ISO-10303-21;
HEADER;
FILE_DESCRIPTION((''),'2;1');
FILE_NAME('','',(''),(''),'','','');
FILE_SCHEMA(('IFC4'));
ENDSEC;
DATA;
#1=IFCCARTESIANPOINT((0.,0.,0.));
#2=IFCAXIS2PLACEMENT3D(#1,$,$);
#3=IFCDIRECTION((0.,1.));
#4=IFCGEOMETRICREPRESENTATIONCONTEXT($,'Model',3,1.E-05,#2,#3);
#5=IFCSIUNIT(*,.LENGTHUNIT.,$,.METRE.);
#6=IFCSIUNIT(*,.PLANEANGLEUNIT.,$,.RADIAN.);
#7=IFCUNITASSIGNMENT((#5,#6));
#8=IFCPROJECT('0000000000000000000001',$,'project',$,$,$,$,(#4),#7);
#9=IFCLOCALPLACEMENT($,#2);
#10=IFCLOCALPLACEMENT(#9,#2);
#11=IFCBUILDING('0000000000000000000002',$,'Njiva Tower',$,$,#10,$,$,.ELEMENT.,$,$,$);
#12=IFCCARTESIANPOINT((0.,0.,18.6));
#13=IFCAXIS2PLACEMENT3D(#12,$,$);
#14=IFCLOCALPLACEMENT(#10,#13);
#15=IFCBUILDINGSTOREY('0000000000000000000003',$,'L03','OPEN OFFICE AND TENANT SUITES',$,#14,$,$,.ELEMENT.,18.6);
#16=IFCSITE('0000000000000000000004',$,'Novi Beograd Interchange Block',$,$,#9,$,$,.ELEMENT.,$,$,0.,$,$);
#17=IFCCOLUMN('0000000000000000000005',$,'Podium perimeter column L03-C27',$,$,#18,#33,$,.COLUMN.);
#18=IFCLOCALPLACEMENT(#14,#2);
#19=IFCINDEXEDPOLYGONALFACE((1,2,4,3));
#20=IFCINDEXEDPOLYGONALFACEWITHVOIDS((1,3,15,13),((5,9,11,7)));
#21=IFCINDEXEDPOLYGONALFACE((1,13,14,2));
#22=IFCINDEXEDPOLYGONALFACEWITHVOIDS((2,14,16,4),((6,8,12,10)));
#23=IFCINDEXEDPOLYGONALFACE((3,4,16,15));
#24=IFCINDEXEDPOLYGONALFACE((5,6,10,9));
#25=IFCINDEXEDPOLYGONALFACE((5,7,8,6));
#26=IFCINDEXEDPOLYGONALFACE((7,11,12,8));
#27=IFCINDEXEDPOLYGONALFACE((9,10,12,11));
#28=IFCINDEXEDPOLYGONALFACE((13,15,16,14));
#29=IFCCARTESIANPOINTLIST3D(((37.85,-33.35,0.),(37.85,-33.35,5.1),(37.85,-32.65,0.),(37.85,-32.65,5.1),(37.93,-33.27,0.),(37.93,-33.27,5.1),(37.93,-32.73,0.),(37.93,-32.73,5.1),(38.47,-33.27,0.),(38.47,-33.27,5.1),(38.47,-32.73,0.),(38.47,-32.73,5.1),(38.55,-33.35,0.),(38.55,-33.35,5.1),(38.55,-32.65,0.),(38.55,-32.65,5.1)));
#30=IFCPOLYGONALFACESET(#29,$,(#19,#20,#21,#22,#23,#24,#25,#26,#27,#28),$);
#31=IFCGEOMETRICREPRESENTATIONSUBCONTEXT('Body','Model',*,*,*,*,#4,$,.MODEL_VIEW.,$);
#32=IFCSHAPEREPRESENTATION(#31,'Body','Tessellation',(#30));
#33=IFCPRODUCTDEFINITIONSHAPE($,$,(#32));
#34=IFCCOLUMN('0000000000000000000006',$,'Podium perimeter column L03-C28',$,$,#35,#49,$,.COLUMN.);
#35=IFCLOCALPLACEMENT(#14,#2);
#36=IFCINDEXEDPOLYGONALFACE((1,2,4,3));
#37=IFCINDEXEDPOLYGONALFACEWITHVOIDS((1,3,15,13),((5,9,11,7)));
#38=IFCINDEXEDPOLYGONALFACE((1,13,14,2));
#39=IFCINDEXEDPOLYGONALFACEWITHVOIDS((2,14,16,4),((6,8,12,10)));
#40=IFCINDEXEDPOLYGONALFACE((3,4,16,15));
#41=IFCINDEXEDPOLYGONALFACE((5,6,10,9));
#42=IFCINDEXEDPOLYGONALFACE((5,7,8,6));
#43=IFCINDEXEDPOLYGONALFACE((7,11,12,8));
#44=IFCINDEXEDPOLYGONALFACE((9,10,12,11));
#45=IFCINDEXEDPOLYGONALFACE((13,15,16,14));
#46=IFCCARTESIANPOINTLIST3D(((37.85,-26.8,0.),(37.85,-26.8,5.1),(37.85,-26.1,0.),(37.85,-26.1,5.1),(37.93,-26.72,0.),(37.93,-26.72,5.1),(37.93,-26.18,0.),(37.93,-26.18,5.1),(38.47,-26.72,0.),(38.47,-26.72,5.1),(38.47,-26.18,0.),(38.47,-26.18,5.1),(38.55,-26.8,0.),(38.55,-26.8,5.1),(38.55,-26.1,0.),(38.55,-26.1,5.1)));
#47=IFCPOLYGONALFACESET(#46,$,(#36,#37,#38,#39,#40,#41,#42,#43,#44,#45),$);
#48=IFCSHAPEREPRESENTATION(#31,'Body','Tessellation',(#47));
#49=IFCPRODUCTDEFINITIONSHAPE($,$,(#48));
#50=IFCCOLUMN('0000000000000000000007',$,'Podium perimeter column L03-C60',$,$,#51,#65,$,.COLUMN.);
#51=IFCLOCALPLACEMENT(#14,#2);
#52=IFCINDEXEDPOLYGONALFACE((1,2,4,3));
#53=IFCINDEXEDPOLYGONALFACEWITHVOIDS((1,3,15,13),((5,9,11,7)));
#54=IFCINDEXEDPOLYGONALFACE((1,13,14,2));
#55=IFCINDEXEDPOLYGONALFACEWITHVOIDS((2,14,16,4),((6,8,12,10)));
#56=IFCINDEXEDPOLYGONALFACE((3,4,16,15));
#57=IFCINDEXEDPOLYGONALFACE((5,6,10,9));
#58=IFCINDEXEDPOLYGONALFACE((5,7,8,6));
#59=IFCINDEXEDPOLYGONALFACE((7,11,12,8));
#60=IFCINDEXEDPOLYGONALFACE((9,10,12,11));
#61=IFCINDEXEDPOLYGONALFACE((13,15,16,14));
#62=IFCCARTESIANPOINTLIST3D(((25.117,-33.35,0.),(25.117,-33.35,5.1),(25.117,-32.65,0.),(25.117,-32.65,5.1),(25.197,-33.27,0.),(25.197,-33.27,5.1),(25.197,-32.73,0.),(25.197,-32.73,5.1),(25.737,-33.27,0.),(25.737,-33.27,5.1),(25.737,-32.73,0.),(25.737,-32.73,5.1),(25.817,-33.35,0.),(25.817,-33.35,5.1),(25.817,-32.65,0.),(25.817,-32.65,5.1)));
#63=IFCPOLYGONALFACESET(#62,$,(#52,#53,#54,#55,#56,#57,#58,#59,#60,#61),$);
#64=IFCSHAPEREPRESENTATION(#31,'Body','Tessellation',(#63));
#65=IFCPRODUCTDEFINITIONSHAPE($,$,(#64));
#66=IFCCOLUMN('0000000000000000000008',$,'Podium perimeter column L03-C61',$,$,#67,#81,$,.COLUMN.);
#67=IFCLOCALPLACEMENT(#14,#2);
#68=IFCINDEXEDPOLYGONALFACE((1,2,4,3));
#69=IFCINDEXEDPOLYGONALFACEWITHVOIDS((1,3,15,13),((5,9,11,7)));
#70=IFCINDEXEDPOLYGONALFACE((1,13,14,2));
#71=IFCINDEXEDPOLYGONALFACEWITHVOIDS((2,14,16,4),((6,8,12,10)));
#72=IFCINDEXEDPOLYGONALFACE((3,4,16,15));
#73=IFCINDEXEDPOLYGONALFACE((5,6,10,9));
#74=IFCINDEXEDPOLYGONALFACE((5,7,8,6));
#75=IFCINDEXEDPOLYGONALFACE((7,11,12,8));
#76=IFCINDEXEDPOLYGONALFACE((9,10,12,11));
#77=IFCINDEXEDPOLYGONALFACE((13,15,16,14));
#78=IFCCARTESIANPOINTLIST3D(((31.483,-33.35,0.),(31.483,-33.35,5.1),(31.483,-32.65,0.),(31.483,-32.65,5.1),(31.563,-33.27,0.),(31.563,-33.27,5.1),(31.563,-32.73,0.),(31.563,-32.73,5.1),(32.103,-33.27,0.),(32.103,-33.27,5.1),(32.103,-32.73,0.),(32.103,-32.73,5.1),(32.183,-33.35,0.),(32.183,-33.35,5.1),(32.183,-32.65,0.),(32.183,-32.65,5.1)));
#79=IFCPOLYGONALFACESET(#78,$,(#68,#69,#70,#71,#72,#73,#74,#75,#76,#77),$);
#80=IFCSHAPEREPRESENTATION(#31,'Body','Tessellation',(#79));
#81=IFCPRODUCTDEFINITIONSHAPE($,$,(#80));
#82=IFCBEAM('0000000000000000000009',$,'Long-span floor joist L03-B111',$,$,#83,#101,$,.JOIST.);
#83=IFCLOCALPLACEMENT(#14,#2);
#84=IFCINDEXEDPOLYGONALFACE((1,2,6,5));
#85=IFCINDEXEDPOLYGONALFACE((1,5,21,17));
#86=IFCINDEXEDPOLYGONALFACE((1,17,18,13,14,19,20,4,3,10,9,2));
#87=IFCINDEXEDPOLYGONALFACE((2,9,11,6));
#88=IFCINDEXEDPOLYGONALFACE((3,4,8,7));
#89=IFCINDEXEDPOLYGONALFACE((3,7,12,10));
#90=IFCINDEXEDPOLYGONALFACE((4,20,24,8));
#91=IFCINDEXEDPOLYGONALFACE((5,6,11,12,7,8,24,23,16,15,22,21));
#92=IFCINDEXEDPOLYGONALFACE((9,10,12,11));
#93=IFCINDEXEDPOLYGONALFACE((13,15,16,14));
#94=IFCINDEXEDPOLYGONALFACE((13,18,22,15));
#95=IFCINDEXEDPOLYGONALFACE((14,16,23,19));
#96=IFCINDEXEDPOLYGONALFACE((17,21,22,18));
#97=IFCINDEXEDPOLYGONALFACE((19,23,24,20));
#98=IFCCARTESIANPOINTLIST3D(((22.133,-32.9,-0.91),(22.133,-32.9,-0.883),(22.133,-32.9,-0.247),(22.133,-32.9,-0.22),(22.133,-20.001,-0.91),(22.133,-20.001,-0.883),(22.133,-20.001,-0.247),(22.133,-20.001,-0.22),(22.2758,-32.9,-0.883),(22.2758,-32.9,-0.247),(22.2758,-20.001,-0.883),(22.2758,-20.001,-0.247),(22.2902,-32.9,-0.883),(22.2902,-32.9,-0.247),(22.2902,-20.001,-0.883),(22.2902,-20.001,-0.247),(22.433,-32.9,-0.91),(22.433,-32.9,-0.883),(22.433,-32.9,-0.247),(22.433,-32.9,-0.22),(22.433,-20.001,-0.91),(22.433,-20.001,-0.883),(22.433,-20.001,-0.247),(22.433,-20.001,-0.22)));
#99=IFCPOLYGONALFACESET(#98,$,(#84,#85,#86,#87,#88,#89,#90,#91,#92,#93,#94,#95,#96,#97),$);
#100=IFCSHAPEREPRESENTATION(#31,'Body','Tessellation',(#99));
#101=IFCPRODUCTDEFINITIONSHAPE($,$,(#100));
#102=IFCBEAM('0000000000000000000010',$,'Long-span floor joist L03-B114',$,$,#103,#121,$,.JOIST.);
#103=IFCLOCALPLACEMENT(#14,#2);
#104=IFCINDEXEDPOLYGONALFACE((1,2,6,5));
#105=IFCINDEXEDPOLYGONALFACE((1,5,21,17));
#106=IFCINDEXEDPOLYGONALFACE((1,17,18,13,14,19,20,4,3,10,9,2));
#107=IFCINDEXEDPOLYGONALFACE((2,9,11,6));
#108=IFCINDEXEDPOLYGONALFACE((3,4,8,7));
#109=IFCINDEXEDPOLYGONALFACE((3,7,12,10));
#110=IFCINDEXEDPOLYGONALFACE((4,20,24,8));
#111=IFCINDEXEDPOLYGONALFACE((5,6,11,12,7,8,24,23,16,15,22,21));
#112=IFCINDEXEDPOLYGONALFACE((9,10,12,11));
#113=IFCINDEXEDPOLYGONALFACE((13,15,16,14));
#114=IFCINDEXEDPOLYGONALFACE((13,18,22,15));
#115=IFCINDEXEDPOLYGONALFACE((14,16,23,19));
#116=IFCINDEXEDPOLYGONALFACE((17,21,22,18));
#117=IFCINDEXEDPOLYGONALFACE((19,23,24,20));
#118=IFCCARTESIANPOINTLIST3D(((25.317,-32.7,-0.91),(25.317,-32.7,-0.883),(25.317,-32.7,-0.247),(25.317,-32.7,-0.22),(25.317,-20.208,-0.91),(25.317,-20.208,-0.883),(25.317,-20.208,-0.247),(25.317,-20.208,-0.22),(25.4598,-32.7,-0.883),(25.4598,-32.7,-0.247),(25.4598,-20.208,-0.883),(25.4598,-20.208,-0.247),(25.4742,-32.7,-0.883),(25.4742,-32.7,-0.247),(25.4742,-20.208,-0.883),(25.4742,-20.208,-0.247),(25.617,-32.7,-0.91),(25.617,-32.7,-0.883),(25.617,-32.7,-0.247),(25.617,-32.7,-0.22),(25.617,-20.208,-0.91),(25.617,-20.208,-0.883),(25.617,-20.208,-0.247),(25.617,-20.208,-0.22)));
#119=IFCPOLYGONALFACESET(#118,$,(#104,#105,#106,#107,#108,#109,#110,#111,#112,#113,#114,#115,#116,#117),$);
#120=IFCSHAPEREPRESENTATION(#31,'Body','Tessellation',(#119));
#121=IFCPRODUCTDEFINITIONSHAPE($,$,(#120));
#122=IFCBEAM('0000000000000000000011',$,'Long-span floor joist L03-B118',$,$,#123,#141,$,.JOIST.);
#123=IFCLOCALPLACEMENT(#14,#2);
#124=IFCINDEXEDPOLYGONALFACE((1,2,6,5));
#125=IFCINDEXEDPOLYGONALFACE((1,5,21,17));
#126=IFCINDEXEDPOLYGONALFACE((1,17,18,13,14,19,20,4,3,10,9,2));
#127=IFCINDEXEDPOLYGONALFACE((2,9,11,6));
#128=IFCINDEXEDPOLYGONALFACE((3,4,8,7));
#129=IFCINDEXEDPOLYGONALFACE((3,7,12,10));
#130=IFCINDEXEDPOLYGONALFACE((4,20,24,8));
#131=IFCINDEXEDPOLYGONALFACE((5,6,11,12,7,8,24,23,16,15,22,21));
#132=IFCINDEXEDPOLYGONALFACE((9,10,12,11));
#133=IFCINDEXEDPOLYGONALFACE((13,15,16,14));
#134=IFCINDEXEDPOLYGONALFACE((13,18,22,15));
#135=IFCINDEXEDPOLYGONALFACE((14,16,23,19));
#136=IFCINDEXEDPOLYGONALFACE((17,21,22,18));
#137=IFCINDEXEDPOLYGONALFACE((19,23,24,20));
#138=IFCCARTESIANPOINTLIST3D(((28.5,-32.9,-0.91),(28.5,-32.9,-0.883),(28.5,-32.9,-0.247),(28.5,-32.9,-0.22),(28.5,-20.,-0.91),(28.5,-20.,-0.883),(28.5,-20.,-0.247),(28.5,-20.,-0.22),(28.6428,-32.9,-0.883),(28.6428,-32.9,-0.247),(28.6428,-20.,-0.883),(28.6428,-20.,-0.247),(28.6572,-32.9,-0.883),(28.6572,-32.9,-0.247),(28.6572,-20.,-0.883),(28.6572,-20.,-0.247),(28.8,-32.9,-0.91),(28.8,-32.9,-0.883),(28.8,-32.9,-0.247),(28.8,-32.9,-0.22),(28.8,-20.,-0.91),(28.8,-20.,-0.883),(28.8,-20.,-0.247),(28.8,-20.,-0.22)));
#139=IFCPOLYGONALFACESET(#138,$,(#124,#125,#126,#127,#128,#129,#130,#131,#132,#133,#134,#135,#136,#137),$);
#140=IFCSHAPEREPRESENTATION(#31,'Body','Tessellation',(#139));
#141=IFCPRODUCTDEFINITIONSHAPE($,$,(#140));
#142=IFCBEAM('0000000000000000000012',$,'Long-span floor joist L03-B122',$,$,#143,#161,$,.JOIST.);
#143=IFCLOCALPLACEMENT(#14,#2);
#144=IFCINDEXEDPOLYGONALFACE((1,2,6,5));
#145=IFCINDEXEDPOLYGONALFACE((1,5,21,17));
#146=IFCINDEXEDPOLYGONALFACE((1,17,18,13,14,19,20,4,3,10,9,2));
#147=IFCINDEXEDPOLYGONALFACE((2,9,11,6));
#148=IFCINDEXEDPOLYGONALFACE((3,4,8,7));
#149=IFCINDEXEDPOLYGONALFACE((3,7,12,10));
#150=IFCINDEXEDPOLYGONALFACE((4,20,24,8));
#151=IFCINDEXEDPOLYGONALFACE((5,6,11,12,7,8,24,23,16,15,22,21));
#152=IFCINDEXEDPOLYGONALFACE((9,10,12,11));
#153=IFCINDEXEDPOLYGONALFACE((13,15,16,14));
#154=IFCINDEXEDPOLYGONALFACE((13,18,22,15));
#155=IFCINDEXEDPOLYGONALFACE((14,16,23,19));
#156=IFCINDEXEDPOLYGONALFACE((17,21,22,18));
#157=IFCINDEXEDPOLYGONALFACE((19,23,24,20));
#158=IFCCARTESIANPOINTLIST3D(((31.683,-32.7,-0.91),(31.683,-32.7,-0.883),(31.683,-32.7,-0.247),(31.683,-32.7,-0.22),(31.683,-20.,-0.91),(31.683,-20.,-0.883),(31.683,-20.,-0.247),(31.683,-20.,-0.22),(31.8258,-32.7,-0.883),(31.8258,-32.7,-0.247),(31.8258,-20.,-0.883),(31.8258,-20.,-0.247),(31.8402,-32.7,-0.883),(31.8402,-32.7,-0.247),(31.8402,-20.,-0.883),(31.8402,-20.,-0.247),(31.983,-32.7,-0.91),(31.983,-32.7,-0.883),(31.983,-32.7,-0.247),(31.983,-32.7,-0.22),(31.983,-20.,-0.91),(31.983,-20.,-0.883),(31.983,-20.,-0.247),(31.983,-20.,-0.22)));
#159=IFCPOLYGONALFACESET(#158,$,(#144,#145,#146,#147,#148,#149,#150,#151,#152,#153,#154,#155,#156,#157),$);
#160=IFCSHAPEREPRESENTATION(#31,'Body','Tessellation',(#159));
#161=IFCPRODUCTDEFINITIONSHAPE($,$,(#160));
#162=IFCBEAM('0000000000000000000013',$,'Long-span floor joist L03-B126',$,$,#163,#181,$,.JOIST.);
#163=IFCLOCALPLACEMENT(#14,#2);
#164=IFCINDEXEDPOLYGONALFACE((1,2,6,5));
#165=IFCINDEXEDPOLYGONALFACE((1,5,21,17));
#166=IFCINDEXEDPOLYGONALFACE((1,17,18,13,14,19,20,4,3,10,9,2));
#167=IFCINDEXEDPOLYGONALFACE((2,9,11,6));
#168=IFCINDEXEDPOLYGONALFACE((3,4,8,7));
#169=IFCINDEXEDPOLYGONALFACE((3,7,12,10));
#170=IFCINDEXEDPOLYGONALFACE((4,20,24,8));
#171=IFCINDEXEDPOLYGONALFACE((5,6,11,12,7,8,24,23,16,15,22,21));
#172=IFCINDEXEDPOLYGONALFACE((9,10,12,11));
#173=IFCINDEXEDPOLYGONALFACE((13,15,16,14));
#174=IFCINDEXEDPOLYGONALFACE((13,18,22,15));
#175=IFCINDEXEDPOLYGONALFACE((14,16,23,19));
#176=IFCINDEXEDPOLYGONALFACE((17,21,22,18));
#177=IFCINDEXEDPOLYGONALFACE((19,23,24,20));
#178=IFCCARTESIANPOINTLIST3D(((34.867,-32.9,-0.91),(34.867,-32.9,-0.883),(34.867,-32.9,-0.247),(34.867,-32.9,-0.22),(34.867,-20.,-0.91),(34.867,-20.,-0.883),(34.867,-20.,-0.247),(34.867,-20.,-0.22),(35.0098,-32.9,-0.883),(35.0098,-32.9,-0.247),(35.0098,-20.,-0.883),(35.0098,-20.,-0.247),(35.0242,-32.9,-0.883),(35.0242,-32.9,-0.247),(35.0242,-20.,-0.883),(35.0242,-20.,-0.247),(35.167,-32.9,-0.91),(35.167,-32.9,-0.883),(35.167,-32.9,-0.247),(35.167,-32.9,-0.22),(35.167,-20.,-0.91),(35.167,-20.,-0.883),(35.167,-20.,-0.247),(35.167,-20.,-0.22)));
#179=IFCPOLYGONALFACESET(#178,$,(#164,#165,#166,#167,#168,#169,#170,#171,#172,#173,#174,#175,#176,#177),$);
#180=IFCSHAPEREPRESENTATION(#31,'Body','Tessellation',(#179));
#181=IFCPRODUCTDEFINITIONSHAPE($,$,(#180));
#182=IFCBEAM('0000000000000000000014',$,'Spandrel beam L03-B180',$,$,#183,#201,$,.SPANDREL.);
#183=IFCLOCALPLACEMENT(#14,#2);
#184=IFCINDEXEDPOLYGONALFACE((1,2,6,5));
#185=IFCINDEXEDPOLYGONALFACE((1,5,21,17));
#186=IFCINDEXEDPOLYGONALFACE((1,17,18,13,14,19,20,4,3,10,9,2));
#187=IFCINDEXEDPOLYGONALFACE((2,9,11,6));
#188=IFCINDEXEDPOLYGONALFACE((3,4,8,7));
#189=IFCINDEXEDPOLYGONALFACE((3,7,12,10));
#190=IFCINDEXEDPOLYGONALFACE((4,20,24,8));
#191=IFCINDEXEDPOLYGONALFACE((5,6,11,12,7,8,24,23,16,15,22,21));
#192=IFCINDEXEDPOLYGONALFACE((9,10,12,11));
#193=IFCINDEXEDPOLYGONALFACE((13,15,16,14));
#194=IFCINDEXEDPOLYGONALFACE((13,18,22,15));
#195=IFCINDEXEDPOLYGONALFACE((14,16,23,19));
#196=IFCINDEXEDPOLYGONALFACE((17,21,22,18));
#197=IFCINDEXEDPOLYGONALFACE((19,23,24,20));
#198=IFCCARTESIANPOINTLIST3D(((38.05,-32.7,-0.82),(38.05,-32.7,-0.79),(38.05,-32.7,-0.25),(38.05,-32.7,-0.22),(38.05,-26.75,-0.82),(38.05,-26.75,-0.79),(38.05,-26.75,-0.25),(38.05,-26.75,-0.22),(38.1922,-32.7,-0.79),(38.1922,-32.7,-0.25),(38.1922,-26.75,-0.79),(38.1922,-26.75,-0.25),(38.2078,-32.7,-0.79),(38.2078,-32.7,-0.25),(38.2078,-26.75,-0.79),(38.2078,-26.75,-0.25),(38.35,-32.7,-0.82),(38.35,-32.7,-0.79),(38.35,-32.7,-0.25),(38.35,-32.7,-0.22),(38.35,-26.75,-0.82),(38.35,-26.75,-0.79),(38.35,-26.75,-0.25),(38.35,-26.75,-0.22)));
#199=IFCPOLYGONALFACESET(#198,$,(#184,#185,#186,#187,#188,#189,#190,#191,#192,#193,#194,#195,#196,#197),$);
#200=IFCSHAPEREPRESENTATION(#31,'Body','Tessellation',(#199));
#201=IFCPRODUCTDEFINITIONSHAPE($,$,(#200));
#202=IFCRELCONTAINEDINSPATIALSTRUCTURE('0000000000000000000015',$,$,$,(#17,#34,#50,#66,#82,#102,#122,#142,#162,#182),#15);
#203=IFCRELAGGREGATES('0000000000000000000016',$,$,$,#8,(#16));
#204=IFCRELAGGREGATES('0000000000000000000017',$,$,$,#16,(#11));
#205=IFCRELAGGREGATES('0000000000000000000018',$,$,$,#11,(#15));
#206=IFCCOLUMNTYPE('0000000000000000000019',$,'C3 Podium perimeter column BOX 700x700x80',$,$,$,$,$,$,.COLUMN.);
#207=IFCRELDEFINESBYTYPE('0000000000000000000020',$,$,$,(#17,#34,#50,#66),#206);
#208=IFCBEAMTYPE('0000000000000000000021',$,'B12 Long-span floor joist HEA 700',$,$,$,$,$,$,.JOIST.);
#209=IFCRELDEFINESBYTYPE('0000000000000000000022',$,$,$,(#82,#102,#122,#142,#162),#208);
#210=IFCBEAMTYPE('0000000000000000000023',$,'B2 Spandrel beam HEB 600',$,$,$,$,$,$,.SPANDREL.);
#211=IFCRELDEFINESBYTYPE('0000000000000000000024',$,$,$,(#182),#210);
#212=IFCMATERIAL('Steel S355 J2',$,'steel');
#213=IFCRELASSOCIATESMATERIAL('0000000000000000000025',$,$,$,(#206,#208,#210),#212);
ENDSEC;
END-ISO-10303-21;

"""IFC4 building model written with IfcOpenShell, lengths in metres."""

from ifc_helpers import new_model, si_unit, direction, frame, origin, origin_2d, place, context, subcontext, project, spatial, hollow_rectangle, i_section, extrude, material, material_profile, profile_set, type_object, element, save


model = new_model("IFC4")

# Units and contexts
model_context = context("Model", 3, precision=1e-05, world=origin(), true_north=direction((0.0, 1.0)))
body_context = subcontext(model_context, "Body", "Model", "MODEL_VIEW")
ifc_project = project(units=[si_unit("LENGTHUNIT", "METRE"), si_unit("PLANEANGLEUNIT", "RADIAN")], contexts=[model_context])

# Site, building, storey
site_placement = place(None, origin())
site = spatial("IfcSite", under=ifc_project, at=site_placement, Name="Novi Beograd Interchange Block", CompositionType="ELEMENT", RefElevation=0.0)
building_placement = place(site_placement, origin())
building = spatial("IfcBuilding", under=site, at=building_placement, Name="Njiva Tower", CompositionType="ELEMENT")
storey_placement = place(building_placement, frame((0.0, 0.0, 18.6)))
storey = spatial("IfcBuildingStorey", under=building, at=storey_placement, Name="L03", Description="OPEN OFFICE AND TENANT SUITES", CompositionType="ELEMENT", Elevation=18.6)

# Columns
ifc_material_1 = material(Name="Steel S355 J2", Category="steel")
ifc_material_profile_1 = material_profile(ifc_material_1, hollow_rectangle(XDim=0.7, YDim=0.7, WallThickness=0.08, at=origin_2d()), Name="BOX 700x700x80")
ifc_profile_set_1 = profile_set([ifc_material_profile_1], Name="Steel S355 J2")
column_type = type_object("IfcColumnType", Name="C3 Podium perimeter column BOX 700x700x80", PredefinedType="COLUMN", material=ifc_profile_set_1)
for number, where, z_axis, x_axis, name in (
    (1, (38.2, -33.0, 0.0), (0.0, 0.0, 1.0), (0.0, 1.0, 0.0), "Podium perimeter column L03-C27"),
    (2, (38.2, -26.45, 0.0), (0.0, 0.0, 1.0), (0.0, 1.0, 0.0), "Podium perimeter column L03-C28"),
    (3, (25.467, -33.0, 0.0), (0.0, 0.0, 1.0), (1.0, 0.0, 0.0), "Podium perimeter column L03-C60"),
    (4, (31.833, -33.0, 0.0), (0.0, 0.0, 1.0), (1.0, 0.0, 0.0), "Podium perimeter column L03-C61"),
):
    element("IfcColumn", number, at=place(storey_placement, frame(where, z_axis=z_axis, x_axis=x_axis)), inside=storey, type_object=column_type, Name=name, PredefinedType="COLUMN", context=body_context, shape_type="SweptSolid", body=[
        extrude(hollow_rectangle(XDim=0.7, YDim=0.7, WallThickness=0.08, at=origin_2d()), origin(), (0.0, 0.0, 1.0), 5.1),
    ])

# Beams
ifc_material_profile_2 = material_profile(ifc_material_1, i_section(OverallWidth=0.3, OverallDepth=0.69, WebThickness=0.0145, FlangeThickness=0.027, at=origin_2d()), Name="HEA 700")
ifc_profile_set_2 = profile_set([ifc_material_profile_2], Name="Steel S355 J2")
beam_type_1 = type_object("IfcBeamType", Name="B12 Long-span floor joist HEA 700", PredefinedType="JOIST", material=ifc_profile_set_2)
beam_1_placement = place(storey_placement, frame((22.283, -20.001, -0.565), z_axis=(0.0, -1.0, 0.0), x_axis=(1.0, 0.0, 0.0)))
element("IfcBeam", 5, at=beam_1_placement, inside=storey, type_object=beam_type_1, Name="Long-span floor joist L03-B111", PredefinedType="JOIST", context=body_context, shape_type="SweptSolid", body=[
    extrude(i_section(OverallWidth=0.3, OverallDepth=0.69, WebThickness=0.0145, FlangeThickness=0.027, at=origin_2d()), origin(), (0.0, 0.0, 1.0), 12.899),
])
beam_2_placement = place(storey_placement, frame((25.467, -20.208, -0.565), z_axis=(0.0, -1.0, 0.0), x_axis=(1.0, 0.0, 0.0)))
element("IfcBeam", 6, at=beam_2_placement, inside=storey, type_object=beam_type_1, Name="Long-span floor joist L03-B114", PredefinedType="JOIST", context=body_context, shape_type="SweptSolid", body=[
    extrude(i_section(OverallWidth=0.3, OverallDepth=0.69, WebThickness=0.0145, FlangeThickness=0.027, at=origin_2d()), origin(), (0.0, 0.0, 1.0), 12.492),
])
beam_3_placement = place(storey_placement, frame((28.65, -20.0, -0.565), z_axis=(0.0, -1.0, 0.0), x_axis=(1.0, 0.0, 0.0)))
element("IfcBeam", 7, at=beam_3_placement, inside=storey, type_object=beam_type_1, Name="Long-span floor joist L03-B118", PredefinedType="JOIST", context=body_context, shape_type="SweptSolid", body=[
    extrude(i_section(OverallWidth=0.3, OverallDepth=0.69, WebThickness=0.0145, FlangeThickness=0.027, at=origin_2d()), origin(), (0.0, 0.0, 1.0), 12.9),
])
beam_4_placement = place(storey_placement, frame((31.833, -20.0, -0.565), z_axis=(0.0, -1.0, 0.0), x_axis=(1.0, 0.0, 0.0)))
element("IfcBeam", 8, at=beam_4_placement, inside=storey, type_object=beam_type_1, Name="Long-span floor joist L03-B122", PredefinedType="JOIST", context=body_context, shape_type="SweptSolid", body=[
    extrude(i_section(OverallWidth=0.3, OverallDepth=0.69, WebThickness=0.0145, FlangeThickness=0.027, at=origin_2d()), origin(), (0.0, 0.0, 1.0), 12.7),
])
beam_5_placement = place(storey_placement, frame((35.017, -20.0, -0.565), z_axis=(0.0, -1.0, 0.0), x_axis=(1.0, 0.0, 0.0)))
element("IfcBeam", 9, at=beam_5_placement, inside=storey, type_object=beam_type_1, Name="Long-span floor joist L03-B126", PredefinedType="JOIST", context=body_context, shape_type="SweptSolid", body=[
    extrude(i_section(OverallWidth=0.3, OverallDepth=0.69, WebThickness=0.0145, FlangeThickness=0.027, at=origin_2d()), origin(), (0.0, 0.0, 1.0), 12.9),
])
ifc_material_profile_3 = material_profile(ifc_material_1, i_section(OverallWidth=0.3, OverallDepth=0.6, WebThickness=0.0155, FlangeThickness=0.03, at=origin_2d()), Name="HEB 600")
ifc_profile_set_3 = profile_set([ifc_material_profile_3], Name="Steel S355 J2")
beam_type_2 = type_object("IfcBeamType", Name="B2 Spandrel beam HEB 600", PredefinedType="SPANDREL", material=ifc_profile_set_3)
for number, where, z_axis, x_axis, name in (
    (10, (38.2, -32.7, -0.52), (0.0, 1.0, 0.0), (-1.0, 0.0, 0.0), "Spandrel beam L03-B180"),
):
    element("IfcBeam", number, at=place(storey_placement, frame(where, z_axis=z_axis, x_axis=x_axis)), inside=storey, type_object=beam_type_2, Name=name, PredefinedType="SPANDREL", context=body_context, shape_type="SweptSolid", body=[
        extrude(i_section(OverallWidth=0.3, OverallDepth=0.6, WebThickness=0.0155, FlangeThickness=0.03, at=origin_2d()), origin(), (0.0, 0.0, 1.0), 5.95),
    ])

save(model, "model.ifc")
